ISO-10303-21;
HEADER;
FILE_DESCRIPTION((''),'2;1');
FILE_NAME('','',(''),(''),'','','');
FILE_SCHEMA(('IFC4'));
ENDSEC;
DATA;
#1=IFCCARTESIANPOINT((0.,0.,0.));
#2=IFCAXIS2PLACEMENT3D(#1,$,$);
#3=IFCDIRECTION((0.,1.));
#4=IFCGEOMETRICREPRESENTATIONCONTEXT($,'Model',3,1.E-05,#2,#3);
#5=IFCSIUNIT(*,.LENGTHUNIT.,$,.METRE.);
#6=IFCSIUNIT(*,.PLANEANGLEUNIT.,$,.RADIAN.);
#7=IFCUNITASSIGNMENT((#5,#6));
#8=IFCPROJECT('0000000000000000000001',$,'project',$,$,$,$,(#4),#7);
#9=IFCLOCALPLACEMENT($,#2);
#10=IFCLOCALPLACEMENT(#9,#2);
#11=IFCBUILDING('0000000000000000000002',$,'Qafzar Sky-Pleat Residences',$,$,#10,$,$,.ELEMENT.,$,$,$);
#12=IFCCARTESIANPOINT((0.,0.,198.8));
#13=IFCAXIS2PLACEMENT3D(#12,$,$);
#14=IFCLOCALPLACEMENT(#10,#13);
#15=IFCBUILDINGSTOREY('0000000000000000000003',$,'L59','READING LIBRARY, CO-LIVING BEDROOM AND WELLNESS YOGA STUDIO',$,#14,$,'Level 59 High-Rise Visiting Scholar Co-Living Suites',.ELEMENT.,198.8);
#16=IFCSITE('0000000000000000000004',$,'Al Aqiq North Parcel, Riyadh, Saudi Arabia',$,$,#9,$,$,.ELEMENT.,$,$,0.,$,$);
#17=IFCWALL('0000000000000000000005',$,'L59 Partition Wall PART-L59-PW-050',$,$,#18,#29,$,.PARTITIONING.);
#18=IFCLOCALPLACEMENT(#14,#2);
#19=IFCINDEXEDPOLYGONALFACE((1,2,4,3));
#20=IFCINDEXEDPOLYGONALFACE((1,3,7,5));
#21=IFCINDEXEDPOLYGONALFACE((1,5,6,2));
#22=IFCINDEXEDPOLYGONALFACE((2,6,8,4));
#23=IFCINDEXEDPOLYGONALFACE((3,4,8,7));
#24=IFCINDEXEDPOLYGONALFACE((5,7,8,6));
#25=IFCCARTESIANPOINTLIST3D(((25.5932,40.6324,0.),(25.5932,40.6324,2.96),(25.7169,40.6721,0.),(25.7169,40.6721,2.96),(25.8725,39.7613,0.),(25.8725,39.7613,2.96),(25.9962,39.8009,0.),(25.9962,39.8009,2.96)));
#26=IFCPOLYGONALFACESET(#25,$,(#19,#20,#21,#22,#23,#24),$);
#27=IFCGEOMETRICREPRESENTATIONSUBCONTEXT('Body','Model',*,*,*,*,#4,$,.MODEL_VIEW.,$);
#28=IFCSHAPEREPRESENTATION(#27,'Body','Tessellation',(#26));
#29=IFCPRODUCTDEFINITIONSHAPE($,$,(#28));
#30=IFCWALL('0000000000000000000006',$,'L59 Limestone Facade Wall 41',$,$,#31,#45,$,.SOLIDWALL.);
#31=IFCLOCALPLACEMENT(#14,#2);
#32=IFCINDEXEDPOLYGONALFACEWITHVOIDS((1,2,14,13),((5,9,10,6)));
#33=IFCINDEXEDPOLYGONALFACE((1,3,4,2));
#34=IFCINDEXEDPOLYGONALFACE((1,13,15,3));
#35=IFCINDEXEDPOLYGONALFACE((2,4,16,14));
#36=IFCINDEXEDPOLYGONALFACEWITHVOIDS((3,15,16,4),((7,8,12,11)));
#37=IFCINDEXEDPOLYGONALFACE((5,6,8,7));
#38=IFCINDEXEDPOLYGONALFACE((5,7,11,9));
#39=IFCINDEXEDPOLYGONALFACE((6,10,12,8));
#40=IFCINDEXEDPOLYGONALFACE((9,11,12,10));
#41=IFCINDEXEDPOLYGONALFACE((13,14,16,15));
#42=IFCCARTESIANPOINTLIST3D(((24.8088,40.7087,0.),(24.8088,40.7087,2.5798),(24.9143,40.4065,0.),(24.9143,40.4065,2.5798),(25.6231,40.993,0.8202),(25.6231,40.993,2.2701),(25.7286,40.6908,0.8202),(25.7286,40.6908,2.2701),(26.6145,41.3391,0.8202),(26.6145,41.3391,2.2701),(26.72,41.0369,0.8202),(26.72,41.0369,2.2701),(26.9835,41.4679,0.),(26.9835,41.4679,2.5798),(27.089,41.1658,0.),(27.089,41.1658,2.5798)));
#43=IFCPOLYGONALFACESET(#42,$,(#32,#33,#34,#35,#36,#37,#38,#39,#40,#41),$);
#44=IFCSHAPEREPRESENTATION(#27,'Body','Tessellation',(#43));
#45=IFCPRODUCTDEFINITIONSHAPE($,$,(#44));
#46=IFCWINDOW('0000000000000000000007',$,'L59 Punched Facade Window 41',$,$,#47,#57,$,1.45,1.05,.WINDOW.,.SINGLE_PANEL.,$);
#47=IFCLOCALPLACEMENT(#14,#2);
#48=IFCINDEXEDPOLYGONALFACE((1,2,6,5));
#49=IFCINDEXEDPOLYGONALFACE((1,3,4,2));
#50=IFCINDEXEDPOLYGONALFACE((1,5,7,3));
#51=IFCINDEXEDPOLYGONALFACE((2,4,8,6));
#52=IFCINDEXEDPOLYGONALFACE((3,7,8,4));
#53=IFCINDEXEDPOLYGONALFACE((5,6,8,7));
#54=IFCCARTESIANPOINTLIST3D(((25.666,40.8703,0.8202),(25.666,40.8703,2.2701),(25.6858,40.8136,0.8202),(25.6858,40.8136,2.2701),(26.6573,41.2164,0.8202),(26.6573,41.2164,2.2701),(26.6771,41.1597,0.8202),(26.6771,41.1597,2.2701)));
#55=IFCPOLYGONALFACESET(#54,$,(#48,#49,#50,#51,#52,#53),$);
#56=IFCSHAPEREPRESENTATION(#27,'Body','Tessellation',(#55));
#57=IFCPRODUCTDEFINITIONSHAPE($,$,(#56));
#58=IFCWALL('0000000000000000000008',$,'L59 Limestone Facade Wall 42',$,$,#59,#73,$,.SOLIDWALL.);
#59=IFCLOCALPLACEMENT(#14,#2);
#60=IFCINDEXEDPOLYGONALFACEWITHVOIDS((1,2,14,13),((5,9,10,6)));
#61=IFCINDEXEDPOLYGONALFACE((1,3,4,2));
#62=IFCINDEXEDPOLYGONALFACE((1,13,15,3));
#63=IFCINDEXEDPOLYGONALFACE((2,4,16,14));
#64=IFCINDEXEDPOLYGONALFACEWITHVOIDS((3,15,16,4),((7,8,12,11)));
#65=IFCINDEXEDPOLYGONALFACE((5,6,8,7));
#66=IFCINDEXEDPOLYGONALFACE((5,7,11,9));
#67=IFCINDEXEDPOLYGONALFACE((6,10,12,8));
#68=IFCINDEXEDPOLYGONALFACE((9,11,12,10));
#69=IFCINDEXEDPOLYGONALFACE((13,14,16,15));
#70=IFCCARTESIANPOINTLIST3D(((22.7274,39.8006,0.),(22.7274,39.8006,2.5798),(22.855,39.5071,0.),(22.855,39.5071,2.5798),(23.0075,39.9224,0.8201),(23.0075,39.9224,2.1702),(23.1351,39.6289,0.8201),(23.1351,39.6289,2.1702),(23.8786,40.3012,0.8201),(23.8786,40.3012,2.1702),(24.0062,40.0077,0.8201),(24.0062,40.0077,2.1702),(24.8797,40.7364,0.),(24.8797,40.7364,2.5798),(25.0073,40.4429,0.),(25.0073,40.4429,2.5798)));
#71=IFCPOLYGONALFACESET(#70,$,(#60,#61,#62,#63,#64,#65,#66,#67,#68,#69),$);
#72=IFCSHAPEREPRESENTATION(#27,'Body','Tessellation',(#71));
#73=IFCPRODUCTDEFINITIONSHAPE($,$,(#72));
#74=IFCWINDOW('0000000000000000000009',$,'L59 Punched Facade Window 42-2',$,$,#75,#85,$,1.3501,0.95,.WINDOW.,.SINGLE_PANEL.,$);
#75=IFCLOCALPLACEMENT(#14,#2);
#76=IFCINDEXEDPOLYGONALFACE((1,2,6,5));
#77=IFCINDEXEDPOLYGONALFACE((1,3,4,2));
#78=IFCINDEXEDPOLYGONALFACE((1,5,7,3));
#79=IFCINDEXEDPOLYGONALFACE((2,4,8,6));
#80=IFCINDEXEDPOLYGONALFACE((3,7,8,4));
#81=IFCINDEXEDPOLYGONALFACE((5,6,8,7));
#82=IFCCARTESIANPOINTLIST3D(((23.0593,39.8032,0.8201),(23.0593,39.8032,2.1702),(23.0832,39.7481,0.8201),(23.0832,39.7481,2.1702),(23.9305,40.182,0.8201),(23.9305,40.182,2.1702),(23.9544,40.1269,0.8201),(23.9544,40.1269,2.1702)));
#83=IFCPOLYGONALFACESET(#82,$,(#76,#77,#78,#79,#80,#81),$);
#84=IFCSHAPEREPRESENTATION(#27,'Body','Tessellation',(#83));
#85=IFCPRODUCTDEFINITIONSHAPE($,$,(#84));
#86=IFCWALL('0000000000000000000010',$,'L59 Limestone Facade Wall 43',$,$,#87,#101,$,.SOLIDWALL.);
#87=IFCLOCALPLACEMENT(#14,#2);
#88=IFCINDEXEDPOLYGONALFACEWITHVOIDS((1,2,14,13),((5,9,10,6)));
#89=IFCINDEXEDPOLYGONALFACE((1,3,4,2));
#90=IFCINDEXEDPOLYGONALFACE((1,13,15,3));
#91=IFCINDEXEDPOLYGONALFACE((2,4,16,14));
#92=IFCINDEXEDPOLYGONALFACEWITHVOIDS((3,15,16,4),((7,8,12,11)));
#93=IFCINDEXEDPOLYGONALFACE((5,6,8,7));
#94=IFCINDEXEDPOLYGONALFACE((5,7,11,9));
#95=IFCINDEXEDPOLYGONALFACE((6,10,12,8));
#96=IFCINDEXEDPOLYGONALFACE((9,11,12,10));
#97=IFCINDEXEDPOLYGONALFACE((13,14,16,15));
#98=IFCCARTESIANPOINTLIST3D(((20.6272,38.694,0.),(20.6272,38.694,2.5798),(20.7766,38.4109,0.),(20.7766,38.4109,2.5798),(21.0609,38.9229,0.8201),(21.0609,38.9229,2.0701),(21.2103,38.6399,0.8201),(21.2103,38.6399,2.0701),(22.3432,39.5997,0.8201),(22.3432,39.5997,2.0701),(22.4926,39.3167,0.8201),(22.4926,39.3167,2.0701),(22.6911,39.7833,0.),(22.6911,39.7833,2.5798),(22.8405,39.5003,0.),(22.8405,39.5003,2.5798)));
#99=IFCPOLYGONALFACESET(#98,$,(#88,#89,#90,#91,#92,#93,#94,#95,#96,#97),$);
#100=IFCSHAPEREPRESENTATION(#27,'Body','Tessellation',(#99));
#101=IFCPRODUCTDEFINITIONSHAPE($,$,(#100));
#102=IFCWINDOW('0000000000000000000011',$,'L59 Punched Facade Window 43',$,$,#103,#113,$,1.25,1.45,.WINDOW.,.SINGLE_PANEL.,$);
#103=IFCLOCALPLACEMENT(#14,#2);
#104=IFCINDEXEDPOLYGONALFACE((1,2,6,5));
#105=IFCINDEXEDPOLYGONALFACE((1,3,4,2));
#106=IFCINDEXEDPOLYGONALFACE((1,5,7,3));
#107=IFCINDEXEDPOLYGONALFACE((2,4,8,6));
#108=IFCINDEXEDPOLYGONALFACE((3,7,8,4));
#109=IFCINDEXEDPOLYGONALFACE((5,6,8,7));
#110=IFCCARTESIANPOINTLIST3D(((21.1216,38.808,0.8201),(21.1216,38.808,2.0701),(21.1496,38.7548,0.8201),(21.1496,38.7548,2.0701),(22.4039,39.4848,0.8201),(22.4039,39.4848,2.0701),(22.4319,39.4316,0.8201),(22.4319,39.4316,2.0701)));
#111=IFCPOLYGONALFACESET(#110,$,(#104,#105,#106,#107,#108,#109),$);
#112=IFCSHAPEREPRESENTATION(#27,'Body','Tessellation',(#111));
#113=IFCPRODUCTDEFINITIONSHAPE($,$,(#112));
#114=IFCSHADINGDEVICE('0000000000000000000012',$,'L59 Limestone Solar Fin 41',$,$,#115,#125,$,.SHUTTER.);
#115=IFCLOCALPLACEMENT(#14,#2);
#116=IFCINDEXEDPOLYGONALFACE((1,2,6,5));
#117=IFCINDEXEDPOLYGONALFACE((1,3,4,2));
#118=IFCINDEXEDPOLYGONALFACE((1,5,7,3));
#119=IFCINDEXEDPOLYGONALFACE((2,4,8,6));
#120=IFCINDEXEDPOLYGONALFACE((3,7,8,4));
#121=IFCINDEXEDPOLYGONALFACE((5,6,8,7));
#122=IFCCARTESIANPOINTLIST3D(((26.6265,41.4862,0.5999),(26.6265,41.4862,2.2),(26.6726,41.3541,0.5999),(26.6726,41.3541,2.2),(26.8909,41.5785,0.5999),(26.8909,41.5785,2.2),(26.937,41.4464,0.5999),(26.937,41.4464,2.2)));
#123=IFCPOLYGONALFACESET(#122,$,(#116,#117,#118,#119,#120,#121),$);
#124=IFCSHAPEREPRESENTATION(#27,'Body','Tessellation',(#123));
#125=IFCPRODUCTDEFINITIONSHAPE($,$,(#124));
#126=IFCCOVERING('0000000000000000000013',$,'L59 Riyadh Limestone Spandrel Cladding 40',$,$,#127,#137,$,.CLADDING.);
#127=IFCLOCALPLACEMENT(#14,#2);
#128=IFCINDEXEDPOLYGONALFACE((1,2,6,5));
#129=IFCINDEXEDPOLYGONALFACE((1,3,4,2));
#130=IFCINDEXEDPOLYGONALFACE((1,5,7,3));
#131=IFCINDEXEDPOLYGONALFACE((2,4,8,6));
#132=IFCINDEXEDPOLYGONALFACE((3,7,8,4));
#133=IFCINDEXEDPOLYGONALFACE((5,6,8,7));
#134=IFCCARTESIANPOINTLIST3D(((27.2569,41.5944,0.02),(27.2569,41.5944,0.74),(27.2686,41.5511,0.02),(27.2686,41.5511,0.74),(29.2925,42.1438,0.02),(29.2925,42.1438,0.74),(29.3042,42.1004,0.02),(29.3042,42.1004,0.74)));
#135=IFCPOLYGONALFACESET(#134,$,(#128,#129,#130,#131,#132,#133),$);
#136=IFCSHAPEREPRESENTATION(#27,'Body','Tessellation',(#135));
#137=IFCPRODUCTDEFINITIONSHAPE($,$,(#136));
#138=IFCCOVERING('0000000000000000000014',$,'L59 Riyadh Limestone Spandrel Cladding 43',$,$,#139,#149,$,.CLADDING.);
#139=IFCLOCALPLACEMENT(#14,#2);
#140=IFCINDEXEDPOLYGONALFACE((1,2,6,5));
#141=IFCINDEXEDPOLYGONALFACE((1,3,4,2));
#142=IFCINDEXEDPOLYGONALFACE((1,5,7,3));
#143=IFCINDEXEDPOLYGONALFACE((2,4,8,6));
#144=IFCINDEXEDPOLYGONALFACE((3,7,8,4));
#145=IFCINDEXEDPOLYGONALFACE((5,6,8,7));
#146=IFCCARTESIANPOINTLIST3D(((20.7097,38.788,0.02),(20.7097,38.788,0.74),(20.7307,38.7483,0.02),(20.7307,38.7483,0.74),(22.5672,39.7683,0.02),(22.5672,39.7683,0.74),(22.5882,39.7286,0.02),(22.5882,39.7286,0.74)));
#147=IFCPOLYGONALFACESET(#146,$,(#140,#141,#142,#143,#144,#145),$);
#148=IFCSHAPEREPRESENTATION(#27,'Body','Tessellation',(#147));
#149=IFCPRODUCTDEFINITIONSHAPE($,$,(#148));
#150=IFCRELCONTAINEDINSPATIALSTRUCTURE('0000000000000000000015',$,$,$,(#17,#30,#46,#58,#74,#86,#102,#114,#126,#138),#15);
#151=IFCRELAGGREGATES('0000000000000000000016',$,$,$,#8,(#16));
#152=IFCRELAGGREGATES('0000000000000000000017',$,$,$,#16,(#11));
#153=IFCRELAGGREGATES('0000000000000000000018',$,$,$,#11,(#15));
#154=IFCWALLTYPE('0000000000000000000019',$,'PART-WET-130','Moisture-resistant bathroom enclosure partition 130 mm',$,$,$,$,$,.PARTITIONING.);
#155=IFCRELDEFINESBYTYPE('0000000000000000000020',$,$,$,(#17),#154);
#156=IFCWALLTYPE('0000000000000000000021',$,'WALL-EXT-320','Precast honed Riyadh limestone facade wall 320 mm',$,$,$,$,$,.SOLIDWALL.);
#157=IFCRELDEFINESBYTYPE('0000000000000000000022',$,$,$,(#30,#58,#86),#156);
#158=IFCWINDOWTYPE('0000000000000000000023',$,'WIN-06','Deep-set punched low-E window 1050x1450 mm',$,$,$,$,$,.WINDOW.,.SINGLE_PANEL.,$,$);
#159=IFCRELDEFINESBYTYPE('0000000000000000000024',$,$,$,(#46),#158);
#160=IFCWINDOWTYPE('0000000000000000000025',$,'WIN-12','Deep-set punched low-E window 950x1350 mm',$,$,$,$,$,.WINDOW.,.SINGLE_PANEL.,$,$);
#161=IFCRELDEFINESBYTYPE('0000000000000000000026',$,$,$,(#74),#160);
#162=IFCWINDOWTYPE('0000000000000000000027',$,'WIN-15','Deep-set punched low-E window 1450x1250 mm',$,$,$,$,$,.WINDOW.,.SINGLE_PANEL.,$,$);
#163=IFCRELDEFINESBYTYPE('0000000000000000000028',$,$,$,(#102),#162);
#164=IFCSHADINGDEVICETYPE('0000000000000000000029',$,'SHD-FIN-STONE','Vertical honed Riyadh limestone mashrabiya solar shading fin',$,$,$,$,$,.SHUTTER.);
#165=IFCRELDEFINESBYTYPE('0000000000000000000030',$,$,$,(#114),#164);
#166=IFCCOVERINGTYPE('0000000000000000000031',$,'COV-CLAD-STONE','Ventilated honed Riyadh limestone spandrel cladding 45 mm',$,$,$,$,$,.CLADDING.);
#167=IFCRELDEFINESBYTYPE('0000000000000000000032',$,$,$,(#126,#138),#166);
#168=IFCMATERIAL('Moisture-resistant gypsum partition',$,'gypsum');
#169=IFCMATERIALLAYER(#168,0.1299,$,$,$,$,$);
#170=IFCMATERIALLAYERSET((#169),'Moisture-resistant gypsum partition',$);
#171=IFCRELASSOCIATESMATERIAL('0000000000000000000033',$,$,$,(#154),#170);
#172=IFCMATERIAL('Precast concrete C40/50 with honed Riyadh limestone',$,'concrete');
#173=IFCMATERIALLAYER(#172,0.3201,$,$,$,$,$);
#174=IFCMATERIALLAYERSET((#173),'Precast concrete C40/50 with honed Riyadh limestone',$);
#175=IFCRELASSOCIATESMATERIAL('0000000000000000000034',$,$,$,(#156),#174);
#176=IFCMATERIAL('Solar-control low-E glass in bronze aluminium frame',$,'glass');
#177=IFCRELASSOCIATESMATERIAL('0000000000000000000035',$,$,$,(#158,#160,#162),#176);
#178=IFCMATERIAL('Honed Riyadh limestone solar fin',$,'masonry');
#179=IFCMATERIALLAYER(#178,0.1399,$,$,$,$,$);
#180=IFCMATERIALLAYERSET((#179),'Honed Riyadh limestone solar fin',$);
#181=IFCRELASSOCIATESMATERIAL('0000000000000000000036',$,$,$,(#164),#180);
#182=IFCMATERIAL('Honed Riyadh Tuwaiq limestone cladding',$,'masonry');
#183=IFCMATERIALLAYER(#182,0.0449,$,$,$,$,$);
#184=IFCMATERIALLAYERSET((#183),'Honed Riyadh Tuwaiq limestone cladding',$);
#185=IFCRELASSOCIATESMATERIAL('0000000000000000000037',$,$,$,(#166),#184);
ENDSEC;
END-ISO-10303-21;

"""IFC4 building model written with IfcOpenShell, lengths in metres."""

from ifc_helpers import new_model, si_unit, direction, frame, frame_2d, origin, origin_2d, place, context, subcontext, project, spatial, rectangle, extrude, source, transform, mapped, material, layer, layer_set, type_object, element, fill, save


model = new_model("IFC4")

# Units and contexts
model_context = context("Model", 3, precision=1e-05, world=origin(), true_north=direction((0.0, 1.0)))
body_context = subcontext(model_context, "Body", "Model", "MODEL_VIEW")
ifc_project = project(units=[si_unit("LENGTHUNIT", "METRE"), si_unit("PLANEANGLEUNIT", "RADIAN")], contexts=[model_context])

# Site, building, storey
site_placement = place(None, origin())
site = spatial("IfcSite", under=ifc_project, at=site_placement, Name="Al Aqiq North Parcel, Riyadh, Saudi Arabia", CompositionType="ELEMENT", RefElevation=0.0)
building_placement = place(site_placement, origin())
building = spatial("IfcBuilding", under=site, at=building_placement, Name="Qafzar Sky-Pleat Residences", CompositionType="ELEMENT")
storey_placement = place(building_placement, frame((0.0, 0.0, 198.8)))
storey = spatial("IfcBuildingStorey", under=building, at=storey_placement, Name="L59", Description="READING LIBRARY, CO-LIVING BEDROOM AND WELLNESS YOGA STUDIO", LongName="Level 59 High-Rise Visiting Scholar Co-Living Suites", CompositionType="ELEMENT", Elevation=198.8)

# Shared definitions
ifc_material_1 = material(Name="Moisture-resistant gypsum partition", Category="gypsum")
ifc_layer_1 = layer(ifc_material_1, 0.1299)
ifc_layer_set_1 = layer_set([ifc_layer_1], Name="Moisture-resistant gypsum partition")
wall_type_1 = type_object("IfcWallType", Name="PART-WET-130", Description="Moisture-resistant bathroom enclosure partition 130 mm", PredefinedType="PARTITIONING", material=ifc_layer_set_1)

# Wall
wall_1_placement = place(storey_placement, frame((25.655, 40.6523, 0.0), z_axis=(0.0, 0.0, 1.0), x_axis=(0.305318, -0.95225, 0.0)))
element("IfcWall", 1, at=wall_1_placement, inside=storey, type_object=wall_type_1, Name="L59 Partition Wall PART-L59-PW-050", PredefinedType="PARTITIONING", context=body_context, shape_type="SweptSolid", body=[
    extrude(rectangle(XDim=0.9148, YDim=0.1299, at=frame_2d((0.4575, 0.0))), origin(), (0.0, 0.0, 1.0), 2.96),
])

# Walls, openings, windows
ifc_material_2 = material(Name="Precast concrete C40/50 with honed Riyadh limestone", Category="concrete")
ifc_layer_2 = layer(ifc_material_2, 0.3201)
ifc_layer_set_2 = layer_set([ifc_layer_2], Name="Precast concrete C40/50 with honed Riyadh limestone")
wall_type_2 = type_object("IfcWallType", Name="WALL-EXT-320", Description="Precast honed Riyadh limestone facade wall 320 mm", PredefinedType="SOLIDWALL", material=ifc_layer_set_2)
wall_2_placement = place(storey_placement, frame((27.0364, 41.3169, 0.0), z_axis=(0.0, 0.0, 1.0), x_axis=(-0.944116, -0.329614, 0.0)))
wall_2 = element("IfcWall", 2, at=wall_2_placement, inside=storey, type_object=wall_type_2, Name="L59 Limestone Facade Wall 41", PredefinedType="SOLIDWALL", context=body_context, shape_type="SweptSolid", body=[
    extrude(rectangle(XDim=2.3035, YDim=0.3201, at=frame_2d((1.1519, 0.0))), origin(), (0.0, 0.0, 1.0), 2.5798),
])
opening_1_placement = place(wall_2_placement, frame((0.3911, 0.0, 0.8201)))
opening_1 = element("IfcOpeningElement", 3, at=opening_1_placement, cuts=wall_2, PredefinedType="OPENING", context=body_context, shape_type="SweptSolid", body=[
    extrude(rectangle(XDim=1.05, YDim=1.45, at=frame_2d((0.5249, 0.7251))), frame((0.0, 0.1699, 0.0), z_axis=(0.0, -1.0, 0.0), x_axis=(1.0, 0.0, 0.0)), (0.0, 0.0, 1.0), 0.3401),
])
ifc_material_3 = material(Name="Solar-control low-E glass in bronze aluminium frame", Category="glass")
window_type_1 = type_object("IfcWindowType", Name="WIN-06", Description="Deep-set punched low-E window 1050x1450 mm", PartitioningType="SINGLE_PANEL", PredefinedType="WINDOW", material=ifc_material_3)
shared_shape_1 = source(origin(), body_context, "Body", "SweptSolid", [
    extrude(rectangle(XDim=1.05, YDim=1.45, at=frame_2d((0.5249, 0.7251))), frame((0.0, 0.03, 0.0), z_axis=(0.0, -1.0, 0.0), x_axis=(1.0, 0.0, 0.0)), (0.0, 0.0, 1.0), 0.0601),
])
window_1_placement = place(opening_1_placement, origin())
window_1 = element("IfcWindow", 4, at=window_1_placement, inside=storey, type_object=window_type_1, Name="L59 Punched Facade Window 41", OverallHeight=1.45, OverallWidth=1.05, PartitioningType="SINGLE_PANEL", PredefinedType="WINDOW", context=body_context, shape_type="MappedRepresentation", body=[
    mapped(shared_shape_1, transform((0.0, 0.0, 0.0), x_axis=(1.0, 0.0, 0.0), y_axis=(0.0, 1.0, 0.0), z_axis=(0.0, 0.0, 1.0), scale=1.0)),
])
fill(opening_1, window_1)
wall_3_placement = place(storey_placement, frame((24.9434, 40.5896, 0.0), z_axis=(0.0, 0.0, 1.0), x_axis=(-0.917072, -0.398722, 0.0)))
wall_3 = element("IfcWall", 5, at=wall_3_placement, inside=storey, type_object=wall_type_2, Name="L59 Limestone Facade Wall 42", PredefinedType="SOLIDWALL", context=body_context, shape_type="SweptSolid", body=[
    extrude(rectangle(XDim=2.3469, YDim=0.3201, at=frame_2d((1.1733, 0.0))), origin(), (0.0, 0.0, 1.0), 2.5798),
])
opening_2_placement = place(wall_3_placement, frame((1.0913, 0.0, 0.8201)))
opening_2 = element("IfcOpeningElement", 6, at=opening_2_placement, cuts=wall_3, PredefinedType="OPENING", context=body_context, shape_type="SweptSolid", body=[
    extrude(rectangle(XDim=0.95, YDim=1.3501, at=frame_2d((0.4751, 0.675))), frame((0.0, 0.1699, 0.0), z_axis=(0.0, -1.0, 0.0), x_axis=(1.0, 0.0, 0.0)), (0.0, 0.0, 1.0), 0.3401),
])
window_type_2 = type_object("IfcWindowType", Name="WIN-12", Description="Deep-set punched low-E window 950x1350 mm", PartitioningType="SINGLE_PANEL", PredefinedType="WINDOW", material=ifc_material_3)
shared_shape_2 = source(origin(), body_context, "Body", "SweptSolid", [
    extrude(rectangle(XDim=0.95, YDim=1.3501, at=frame_2d((0.4751, 0.675))), frame((0.0, 0.03, 0.0), z_axis=(0.0, -1.0, 0.0), x_axis=(1.0, 0.0, 0.0)), (0.0, 0.0, 1.0), 0.0601),
])
window_2_placement = place(opening_2_placement, origin())
window_2 = element("IfcWindow", 7, at=window_2_placement, inside=storey, type_object=window_type_2, Name="L59 Punched Facade Window 42-2", OverallHeight=1.3501, OverallWidth=0.95, PartitioningType="SINGLE_PANEL", PredefinedType="WINDOW", context=body_context, shape_type="MappedRepresentation", body=[
    mapped(shared_shape_2, transform((0.0, 0.0, 0.0), x_axis=(1.0, 0.0, 0.0), y_axis=(0.0, 1.0, 0.0), z_axis=(0.0, 0.0, 1.0), scale=1.0)),
])
fill(opening_2, window_2)
wall_4_placement = place(storey_placement, frame((22.7659, 39.6418, 0.0), z_axis=(0.0, 0.0, 1.0), x_axis=(-0.884378, -0.466772, 0.0)))
wall_4 = element("IfcWall", 8, at=wall_4_placement, inside=storey, type_object=wall_type_2, Name="L59 Limestone Facade Wall 43", PredefinedType="SOLIDWALL", context=body_context, shape_type="SweptSolid", body=[
    extrude(rectangle(XDim=2.3337, YDim=0.3201, at=frame_2d((1.167, 0.0))), origin(), (0.0, 0.0, 1.0), 2.5798),
])
opening_3_placement = place(wall_4_placement, frame((0.3933, 0.0, 0.8201)))
opening_3 = element("IfcOpeningElement", 9, at=opening_3_placement, cuts=wall_4, PredefinedType="OPENING", context=body_context, shape_type="SweptSolid", body=[
    extrude(rectangle(XDim=1.45, YDim=1.25, at=frame_2d((0.7251, 0.625))), frame((0.0, 0.1699, 0.0), z_axis=(0.0, -1.0, 0.0), x_axis=(1.0, 0.0, 0.0)), (0.0, 0.0, 1.0), 0.3401),
])
window_type_3 = type_object("IfcWindowType", Name="WIN-15", Description="Deep-set punched low-E window 1450x1250 mm", PartitioningType="SINGLE_PANEL", PredefinedType="WINDOW", material=ifc_material_3)
shared_shape_3 = source(origin(), body_context, "Body", "SweptSolid", [
    extrude(rectangle(XDim=1.45, YDim=1.25, at=frame_2d((0.7251, 0.625))), frame((0.0, 0.03, 0.0), z_axis=(0.0, -1.0, 0.0), x_axis=(1.0, 0.0, 0.0)), (0.0, 0.0, 1.0), 0.0601),
])
window_3_placement = place(opening_3_placement, origin())
window_3 = element("IfcWindow", 10, at=window_3_placement, inside=storey, type_object=window_type_3, Name="L59 Punched Facade Window 43", OverallHeight=1.25, OverallWidth=1.45, PartitioningType="SINGLE_PANEL", PredefinedType="WINDOW", context=body_context, shape_type="MappedRepresentation", body=[
    mapped(shared_shape_3, transform((0.0, 0.0, 0.0), x_axis=(1.0, 0.0, 0.0), y_axis=(0.0, 1.0, 0.0), z_axis=(0.0, 0.0, 1.0), scale=1.0)),
])
fill(opening_3, window_3)

# Shading device
ifc_material_4 = material(Name="Honed Riyadh limestone solar fin", Category="masonry")
ifc_layer_3 = layer(ifc_material_4, 0.1399)
ifc_layer_set_3 = layer_set([ifc_layer_3], Name="Honed Riyadh limestone solar fin")
shading_device_type = type_object("IfcShadingDeviceType", Name="SHD-FIN-STONE", Description="Vertical honed Riyadh limestone mashrabiya solar shading fin", PredefinedType="SHUTTER", material=ifc_layer_set_3)
shared_shape_4 = source(origin(), body_context, "Body", "SweptSolid", [
    extrude(rectangle(XDim=0.1399, YDim=0.28, at=origin_2d()), origin(), (0.0, 0.0, 1.0), 1.6001),
])
shading_device_placement = place(storey_placement, frame((26.7817, 41.4663, 0.5999), z_axis=(0.0, 0.0, 1.0), x_axis=(-0.329583, 0.944127, 0.0)))
element("IfcShadingDevice", 11, at=shading_device_placement, inside=storey, type_object=shading_device_type, Name="L59 Limestone Solar Fin 41", PredefinedType="SHUTTER", context=body_context, shape_type="MappedRepresentation", body=[
    mapped(shared_shape_4, transform((0.0, 0.0, 0.0), x_axis=(1.0, 0.0, 0.0), y_axis=(0.0, 1.0, 0.0), z_axis=(0.0, 0.0, 1.0), scale=1.0)),
])

# Coverings
ifc_material_5 = material(Name="Honed Riyadh Tuwaiq limestone cladding", Category="masonry")
ifc_layer_4 = layer(ifc_material_5, 0.0449)
ifc_layer_set_4 = layer_set([ifc_layer_4], Name="Honed Riyadh Tuwaiq limestone cladding")
covering_type = type_object("IfcCoveringType", Name="COV-CLAD-STONE", Description="Ventilated honed Riyadh limestone spandrel cladding 45 mm", PredefinedType="CLADDING", material=ifc_layer_set_4)
shared_shape_5 = source(origin(), body_context, "Body", "SweptSolid", [
    extrude(rectangle(XDim=2.1084, YDim=0.0449, at=origin_2d()), origin(), (0.0, 0.0, 1.0), 0.72),
])
covering_1_placement = place(storey_placement, frame((28.2805, 41.8474, 0.02), z_axis=(0.0, 0.0, 1.0), x_axis=(-0.965465, -0.260534, 0.0)))
element("IfcCovering", 12, at=covering_1_placement, inside=storey, type_object=covering_type, Name="L59 Riyadh Limestone Spandrel Cladding 40", PredefinedType="CLADDING", context=body_context, shape_type="MappedRepresentation", body=[
    mapped(shared_shape_5, transform((0.0, 0.0, 0.0), x_axis=(1.0, 0.0, 0.0), y_axis=(0.0, 1.0, 0.0), z_axis=(0.0, 0.0, 1.0), scale=1.0)),
])
shared_shape_6 = source(origin(), body_context, "Body", "SweptSolid", [
    extrude(rectangle(XDim=2.1003, YDim=0.0449, at=origin_2d()), origin(), (0.0, 0.0, 1.0), 0.72),
])
covering_2_placement = place(storey_placement, frame((21.6489, 39.2583, 0.02), z_axis=(0.0, 0.0, 1.0), x_axis=(-0.884381, -0.466765, 0.0)))
element("IfcCovering", 13, at=covering_2_placement, inside=storey, type_object=covering_type, Name="L59 Riyadh Limestone Spandrel Cladding 43", PredefinedType="CLADDING", context=body_context, shape_type="MappedRepresentation", body=[
    mapped(shared_shape_6, transform((0.0, 0.0, 0.0), x_axis=(1.0, 0.0, 0.0), y_axis=(0.0, 1.0, 0.0), z_axis=(0.0, 0.0, 1.0), scale=1.0)),
])

save(model, "model.ifc")
